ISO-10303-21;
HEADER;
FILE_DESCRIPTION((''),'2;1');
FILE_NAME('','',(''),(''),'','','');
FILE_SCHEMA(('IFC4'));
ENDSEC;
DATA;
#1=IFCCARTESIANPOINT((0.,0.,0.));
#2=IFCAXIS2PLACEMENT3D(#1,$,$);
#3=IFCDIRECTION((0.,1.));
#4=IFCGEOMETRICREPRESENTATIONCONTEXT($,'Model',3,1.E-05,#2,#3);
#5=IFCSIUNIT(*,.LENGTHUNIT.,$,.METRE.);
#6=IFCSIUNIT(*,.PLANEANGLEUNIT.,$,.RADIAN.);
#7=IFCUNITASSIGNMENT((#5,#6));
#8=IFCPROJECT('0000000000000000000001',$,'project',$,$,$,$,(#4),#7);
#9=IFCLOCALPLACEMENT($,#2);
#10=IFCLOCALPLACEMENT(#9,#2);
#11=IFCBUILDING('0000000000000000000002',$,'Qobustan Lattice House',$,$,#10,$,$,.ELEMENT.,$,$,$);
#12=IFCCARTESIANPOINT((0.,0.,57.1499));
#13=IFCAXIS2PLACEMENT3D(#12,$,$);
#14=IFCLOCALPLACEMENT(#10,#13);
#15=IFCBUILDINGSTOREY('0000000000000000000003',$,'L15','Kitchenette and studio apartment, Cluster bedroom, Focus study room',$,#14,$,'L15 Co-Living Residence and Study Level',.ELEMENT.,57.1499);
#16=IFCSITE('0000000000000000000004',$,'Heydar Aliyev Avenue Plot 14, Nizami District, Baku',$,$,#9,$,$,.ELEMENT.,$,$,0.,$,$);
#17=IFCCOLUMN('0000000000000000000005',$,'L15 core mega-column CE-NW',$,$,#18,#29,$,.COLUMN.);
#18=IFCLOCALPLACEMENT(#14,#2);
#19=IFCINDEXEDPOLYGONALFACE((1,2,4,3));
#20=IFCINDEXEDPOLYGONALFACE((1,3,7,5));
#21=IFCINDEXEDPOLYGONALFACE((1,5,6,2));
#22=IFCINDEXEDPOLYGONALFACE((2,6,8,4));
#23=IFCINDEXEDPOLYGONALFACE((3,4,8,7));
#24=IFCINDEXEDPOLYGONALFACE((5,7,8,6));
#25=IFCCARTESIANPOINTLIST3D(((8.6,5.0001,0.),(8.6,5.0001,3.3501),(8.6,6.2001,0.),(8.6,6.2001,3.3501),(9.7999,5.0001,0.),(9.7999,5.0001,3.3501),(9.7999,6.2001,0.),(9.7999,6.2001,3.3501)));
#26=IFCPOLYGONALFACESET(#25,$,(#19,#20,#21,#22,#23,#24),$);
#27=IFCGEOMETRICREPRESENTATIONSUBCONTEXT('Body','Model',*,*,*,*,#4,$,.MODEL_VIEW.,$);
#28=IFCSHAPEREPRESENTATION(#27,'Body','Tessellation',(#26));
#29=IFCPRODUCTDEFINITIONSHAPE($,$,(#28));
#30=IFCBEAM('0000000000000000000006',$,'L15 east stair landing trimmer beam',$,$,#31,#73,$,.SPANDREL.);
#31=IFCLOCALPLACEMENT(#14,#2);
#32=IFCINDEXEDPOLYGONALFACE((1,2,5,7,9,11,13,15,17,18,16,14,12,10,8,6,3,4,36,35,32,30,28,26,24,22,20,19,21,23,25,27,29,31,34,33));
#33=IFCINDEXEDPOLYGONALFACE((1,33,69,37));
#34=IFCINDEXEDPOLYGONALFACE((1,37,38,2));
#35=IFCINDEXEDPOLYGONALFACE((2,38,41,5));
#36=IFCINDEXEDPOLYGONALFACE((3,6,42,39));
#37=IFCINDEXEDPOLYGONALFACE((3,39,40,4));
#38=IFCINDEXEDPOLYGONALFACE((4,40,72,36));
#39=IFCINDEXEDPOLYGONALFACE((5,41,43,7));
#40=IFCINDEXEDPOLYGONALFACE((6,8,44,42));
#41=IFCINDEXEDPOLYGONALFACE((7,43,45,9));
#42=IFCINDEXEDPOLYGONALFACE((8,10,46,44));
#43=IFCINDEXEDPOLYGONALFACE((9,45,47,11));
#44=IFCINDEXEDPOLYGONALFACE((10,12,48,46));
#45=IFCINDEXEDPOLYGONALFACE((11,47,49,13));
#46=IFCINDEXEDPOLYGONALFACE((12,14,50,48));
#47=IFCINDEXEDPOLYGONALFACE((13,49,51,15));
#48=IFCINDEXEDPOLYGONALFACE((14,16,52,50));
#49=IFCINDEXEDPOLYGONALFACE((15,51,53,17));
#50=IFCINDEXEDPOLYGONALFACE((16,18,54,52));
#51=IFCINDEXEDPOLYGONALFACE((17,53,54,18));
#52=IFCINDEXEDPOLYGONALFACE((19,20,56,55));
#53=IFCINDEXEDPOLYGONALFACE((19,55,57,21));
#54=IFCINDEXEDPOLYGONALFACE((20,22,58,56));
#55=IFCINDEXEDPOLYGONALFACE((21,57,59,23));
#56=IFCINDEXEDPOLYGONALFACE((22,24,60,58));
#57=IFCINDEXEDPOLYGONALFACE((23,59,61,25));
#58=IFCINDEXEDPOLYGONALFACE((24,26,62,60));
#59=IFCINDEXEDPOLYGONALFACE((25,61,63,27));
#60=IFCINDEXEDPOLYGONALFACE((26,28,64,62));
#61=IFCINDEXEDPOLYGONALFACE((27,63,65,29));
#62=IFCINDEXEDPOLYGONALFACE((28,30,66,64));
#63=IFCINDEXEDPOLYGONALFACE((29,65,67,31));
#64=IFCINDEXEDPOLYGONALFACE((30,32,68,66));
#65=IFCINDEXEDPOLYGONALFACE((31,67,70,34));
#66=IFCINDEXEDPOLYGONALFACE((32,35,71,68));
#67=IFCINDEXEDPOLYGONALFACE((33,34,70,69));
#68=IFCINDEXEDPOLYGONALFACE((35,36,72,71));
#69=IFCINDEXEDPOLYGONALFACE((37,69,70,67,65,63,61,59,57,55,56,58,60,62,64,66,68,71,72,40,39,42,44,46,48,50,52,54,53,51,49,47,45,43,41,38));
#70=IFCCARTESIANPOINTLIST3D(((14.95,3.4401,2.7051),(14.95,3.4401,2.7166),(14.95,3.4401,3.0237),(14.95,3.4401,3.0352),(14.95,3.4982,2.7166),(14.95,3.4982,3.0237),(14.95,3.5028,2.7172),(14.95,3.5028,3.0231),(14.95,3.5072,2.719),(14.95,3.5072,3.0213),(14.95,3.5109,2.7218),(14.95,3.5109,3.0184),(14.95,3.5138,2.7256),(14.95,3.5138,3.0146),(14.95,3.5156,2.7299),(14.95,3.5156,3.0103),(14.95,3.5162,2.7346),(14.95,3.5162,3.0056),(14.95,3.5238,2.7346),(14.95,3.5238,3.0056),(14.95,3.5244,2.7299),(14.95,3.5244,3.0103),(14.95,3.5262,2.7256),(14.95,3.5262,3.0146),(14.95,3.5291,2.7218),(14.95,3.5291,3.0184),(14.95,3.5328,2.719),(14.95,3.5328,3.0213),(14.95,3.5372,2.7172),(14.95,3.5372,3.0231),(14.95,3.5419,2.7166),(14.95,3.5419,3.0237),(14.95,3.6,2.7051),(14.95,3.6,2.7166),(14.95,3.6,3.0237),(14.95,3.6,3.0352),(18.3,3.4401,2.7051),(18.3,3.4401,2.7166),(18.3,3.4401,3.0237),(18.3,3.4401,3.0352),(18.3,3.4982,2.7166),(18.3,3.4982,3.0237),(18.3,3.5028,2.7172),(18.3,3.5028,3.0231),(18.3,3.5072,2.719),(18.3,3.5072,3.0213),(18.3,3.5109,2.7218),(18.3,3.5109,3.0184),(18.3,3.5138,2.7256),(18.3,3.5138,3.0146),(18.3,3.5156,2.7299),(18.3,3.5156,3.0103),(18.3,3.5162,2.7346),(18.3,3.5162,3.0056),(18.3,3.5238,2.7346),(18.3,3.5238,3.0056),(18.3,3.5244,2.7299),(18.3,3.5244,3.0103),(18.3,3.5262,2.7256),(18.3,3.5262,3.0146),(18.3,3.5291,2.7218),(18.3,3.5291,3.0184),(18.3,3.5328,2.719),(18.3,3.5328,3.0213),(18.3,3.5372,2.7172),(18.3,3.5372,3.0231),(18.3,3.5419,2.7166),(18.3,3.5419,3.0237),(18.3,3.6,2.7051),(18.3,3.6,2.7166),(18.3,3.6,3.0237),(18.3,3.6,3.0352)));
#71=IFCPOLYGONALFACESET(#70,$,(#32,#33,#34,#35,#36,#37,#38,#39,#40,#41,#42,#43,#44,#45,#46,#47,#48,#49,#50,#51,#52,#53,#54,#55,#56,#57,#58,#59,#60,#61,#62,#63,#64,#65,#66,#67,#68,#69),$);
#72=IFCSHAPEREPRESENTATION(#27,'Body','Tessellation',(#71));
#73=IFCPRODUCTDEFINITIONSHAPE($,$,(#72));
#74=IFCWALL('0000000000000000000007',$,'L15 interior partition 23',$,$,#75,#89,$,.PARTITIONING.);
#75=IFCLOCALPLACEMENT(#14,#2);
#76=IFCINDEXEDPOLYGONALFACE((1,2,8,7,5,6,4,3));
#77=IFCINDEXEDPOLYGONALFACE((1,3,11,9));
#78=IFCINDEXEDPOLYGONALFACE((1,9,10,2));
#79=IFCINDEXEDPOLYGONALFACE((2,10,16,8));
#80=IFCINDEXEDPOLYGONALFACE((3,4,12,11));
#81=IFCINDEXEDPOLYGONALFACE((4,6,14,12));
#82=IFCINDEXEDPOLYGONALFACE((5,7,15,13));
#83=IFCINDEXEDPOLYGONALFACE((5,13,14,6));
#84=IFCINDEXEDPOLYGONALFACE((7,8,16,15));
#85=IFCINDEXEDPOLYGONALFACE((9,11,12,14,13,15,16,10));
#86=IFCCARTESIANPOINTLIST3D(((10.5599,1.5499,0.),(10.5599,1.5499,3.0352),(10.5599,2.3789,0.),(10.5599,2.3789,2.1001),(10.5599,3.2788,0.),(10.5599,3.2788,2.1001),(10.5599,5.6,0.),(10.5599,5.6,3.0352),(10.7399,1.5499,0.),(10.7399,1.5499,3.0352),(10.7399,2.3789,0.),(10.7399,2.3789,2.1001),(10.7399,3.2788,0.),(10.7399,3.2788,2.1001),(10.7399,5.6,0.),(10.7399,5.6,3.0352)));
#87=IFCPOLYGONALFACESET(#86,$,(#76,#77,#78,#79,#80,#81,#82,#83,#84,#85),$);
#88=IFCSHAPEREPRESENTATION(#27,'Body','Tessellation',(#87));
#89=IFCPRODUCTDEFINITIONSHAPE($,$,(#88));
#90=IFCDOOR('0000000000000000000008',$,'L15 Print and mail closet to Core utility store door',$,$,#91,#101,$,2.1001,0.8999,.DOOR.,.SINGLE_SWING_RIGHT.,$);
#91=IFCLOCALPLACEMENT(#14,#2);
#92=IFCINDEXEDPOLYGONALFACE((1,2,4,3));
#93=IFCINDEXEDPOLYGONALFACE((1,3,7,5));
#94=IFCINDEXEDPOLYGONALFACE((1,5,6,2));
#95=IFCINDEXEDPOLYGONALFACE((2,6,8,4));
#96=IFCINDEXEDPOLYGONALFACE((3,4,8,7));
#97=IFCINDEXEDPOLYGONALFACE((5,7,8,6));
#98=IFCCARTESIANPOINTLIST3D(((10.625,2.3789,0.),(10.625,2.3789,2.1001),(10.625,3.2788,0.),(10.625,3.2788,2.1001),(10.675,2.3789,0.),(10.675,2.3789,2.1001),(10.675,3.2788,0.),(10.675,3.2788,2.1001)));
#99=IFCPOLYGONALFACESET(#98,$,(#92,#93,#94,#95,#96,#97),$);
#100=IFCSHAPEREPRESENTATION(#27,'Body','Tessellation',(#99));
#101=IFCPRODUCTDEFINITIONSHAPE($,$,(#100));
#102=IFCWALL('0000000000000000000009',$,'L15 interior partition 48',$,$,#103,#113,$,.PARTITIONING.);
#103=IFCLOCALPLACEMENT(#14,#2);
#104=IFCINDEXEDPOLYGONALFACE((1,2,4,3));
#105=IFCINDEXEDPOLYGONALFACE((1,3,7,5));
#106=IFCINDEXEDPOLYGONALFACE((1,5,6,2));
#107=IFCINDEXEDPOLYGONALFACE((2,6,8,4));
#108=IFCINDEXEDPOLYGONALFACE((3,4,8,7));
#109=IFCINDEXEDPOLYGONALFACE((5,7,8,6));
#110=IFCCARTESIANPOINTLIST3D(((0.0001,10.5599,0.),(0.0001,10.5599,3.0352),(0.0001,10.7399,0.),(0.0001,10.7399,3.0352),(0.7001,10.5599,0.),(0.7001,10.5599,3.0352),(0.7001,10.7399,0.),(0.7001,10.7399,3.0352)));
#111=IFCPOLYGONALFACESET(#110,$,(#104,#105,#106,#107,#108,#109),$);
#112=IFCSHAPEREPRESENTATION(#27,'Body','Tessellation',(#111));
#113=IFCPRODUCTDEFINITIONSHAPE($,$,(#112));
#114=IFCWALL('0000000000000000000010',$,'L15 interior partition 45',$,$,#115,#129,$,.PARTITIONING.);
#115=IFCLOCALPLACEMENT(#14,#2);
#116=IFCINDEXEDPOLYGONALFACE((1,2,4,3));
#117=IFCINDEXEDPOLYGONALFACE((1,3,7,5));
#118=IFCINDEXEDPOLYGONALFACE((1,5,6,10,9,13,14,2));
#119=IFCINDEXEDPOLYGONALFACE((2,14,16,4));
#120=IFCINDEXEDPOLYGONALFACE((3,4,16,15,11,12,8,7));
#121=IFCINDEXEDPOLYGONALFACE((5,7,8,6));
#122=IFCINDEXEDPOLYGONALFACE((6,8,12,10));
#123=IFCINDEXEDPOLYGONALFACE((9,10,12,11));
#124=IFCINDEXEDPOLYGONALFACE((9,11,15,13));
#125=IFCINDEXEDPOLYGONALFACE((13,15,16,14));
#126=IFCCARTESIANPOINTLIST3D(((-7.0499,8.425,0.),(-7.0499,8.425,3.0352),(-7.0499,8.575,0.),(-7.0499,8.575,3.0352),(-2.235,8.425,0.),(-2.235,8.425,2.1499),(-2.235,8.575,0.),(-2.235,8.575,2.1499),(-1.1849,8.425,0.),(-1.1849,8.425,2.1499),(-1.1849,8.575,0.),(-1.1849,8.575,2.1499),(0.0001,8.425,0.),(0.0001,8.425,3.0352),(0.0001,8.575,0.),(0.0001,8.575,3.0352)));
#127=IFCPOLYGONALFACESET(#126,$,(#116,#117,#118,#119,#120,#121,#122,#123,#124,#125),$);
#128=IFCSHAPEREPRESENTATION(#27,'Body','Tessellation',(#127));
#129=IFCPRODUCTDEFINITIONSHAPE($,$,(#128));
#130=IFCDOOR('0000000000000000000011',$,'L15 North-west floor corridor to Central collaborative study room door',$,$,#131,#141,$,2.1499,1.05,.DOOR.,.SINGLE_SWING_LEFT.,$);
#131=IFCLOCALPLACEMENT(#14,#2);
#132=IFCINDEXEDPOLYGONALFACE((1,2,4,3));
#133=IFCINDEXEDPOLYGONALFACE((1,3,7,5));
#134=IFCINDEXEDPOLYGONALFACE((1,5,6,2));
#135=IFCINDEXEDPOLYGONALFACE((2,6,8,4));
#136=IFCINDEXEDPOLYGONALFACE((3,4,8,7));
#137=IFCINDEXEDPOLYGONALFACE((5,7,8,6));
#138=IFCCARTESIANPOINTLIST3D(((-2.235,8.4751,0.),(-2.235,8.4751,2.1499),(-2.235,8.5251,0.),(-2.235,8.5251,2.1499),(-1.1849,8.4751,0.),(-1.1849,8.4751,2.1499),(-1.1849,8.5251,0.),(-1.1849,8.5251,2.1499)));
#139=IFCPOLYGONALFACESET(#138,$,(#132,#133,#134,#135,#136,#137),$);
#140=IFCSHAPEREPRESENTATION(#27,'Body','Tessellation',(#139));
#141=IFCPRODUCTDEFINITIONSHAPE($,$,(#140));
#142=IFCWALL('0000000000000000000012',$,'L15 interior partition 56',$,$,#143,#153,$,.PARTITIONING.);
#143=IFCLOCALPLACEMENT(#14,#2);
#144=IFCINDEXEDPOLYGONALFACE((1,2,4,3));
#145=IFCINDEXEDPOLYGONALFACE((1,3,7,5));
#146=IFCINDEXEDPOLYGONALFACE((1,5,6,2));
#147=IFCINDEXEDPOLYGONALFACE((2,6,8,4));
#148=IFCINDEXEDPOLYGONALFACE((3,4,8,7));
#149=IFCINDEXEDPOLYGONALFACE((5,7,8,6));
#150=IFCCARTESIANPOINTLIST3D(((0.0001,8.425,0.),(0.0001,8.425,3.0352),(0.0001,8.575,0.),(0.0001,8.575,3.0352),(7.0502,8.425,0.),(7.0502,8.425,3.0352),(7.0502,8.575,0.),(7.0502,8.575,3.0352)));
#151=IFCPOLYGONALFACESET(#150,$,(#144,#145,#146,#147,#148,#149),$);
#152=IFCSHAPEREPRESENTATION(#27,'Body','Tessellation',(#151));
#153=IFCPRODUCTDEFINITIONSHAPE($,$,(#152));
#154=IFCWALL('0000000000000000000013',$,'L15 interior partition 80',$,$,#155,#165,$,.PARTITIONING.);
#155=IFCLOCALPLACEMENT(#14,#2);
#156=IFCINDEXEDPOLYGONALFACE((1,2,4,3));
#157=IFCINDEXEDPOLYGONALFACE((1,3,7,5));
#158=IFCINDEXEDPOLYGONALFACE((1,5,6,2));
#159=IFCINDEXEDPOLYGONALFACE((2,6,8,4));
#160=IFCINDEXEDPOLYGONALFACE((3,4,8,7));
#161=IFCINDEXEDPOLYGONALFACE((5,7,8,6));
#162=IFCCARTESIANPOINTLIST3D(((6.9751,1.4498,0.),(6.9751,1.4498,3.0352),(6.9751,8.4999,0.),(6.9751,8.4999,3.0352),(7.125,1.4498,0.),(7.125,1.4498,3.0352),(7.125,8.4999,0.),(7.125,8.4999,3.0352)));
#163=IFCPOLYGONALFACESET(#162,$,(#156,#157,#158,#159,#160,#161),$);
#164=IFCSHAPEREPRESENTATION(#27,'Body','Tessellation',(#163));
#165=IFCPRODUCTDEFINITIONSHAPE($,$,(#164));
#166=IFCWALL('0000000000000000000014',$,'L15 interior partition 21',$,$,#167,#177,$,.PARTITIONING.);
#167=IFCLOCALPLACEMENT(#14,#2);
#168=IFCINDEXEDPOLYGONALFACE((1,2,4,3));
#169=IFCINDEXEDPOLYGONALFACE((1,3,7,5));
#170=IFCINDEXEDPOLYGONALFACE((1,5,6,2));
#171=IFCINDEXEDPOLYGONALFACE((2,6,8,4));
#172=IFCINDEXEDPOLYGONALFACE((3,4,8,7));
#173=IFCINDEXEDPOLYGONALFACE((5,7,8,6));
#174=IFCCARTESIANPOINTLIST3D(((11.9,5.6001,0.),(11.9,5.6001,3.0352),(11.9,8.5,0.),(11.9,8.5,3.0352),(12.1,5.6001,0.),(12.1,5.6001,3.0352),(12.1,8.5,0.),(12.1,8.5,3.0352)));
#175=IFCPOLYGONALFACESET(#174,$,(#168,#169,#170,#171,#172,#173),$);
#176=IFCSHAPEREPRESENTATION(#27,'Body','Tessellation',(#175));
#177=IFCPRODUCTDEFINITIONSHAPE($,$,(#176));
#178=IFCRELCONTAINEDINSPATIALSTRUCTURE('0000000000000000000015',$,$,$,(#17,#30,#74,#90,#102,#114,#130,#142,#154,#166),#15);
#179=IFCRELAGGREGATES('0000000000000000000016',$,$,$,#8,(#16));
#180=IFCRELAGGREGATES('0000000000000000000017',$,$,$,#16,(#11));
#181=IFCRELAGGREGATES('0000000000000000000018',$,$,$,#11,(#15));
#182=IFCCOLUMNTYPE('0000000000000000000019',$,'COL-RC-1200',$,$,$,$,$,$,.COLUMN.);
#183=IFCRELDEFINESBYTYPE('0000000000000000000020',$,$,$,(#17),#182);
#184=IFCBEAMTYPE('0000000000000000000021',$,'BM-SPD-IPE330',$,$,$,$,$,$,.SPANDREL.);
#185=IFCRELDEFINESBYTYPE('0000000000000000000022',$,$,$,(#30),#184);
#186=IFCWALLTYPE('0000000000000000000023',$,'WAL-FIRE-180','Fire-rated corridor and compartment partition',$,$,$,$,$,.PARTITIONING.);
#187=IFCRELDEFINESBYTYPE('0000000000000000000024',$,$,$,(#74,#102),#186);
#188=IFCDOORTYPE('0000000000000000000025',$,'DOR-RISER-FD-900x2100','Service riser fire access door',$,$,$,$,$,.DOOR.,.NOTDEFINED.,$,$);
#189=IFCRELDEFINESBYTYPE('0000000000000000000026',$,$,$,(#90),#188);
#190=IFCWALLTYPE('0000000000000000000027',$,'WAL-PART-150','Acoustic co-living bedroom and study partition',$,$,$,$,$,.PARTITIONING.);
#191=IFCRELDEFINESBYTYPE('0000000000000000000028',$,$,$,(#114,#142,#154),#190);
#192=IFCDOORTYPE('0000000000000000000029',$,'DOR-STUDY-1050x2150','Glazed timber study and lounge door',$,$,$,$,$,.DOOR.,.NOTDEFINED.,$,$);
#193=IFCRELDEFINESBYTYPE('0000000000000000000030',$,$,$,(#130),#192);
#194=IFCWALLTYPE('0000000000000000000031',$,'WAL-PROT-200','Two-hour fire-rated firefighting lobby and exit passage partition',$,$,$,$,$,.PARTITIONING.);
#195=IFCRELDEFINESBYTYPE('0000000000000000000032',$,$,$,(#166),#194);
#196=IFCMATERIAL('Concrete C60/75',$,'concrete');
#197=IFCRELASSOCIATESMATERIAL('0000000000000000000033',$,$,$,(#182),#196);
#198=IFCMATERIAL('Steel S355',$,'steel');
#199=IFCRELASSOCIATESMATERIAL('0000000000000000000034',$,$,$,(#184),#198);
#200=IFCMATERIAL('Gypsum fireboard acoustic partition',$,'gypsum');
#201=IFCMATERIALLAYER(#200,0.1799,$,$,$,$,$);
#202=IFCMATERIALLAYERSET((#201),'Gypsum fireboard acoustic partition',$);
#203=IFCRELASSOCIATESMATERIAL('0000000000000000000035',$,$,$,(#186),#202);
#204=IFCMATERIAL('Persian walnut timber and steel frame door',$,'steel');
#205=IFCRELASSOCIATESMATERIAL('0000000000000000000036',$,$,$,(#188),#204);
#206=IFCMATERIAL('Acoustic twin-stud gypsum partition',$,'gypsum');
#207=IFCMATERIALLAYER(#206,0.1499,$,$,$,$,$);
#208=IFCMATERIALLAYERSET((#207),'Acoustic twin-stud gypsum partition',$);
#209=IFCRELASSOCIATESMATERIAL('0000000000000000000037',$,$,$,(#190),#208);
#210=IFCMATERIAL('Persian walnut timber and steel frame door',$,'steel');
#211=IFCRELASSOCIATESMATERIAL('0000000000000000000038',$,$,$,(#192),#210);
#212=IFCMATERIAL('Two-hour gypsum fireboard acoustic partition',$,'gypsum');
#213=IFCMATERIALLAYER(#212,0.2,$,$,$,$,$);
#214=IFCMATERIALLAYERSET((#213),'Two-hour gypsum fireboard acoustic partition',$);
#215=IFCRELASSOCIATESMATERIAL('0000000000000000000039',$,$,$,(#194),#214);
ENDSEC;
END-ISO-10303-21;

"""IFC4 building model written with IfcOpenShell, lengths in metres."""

from ifc_helpers import new_model, si_unit, direction, frame, frame_2d, origin, origin_2d, place, context, subcontext, project, spatial, rectangle, i_section, extrude, material, layer, layer_set, material_profile, profile_set, type_object, element, fill, save


model = new_model("IFC4")

# Units and contexts
model_context = context("Model", 3, precision=1e-05, world=origin(), true_north=direction((0.0, 1.0)))
body_context = subcontext(model_context, "Body", "Model", "MODEL_VIEW")
ifc_project = project(units=[si_unit("LENGTHUNIT", "METRE"), si_unit("PLANEANGLEUNIT", "RADIAN")], contexts=[model_context])

# Site, building, storey
site_placement = place(None, origin())
site = spatial("IfcSite", under=ifc_project, at=site_placement, Name="Heydar Aliyev Avenue Plot 14, Nizami District, Baku", CompositionType="ELEMENT", RefElevation=0.0)
building_placement = place(site_placement, origin())
building = spatial("IfcBuilding", under=site, at=building_placement, Name="Qobustan Lattice House", CompositionType="ELEMENT")
storey_placement = place(building_placement, frame((0.0, 0.0, 57.1499)))
storey = spatial("IfcBuildingStorey", under=building, at=storey_placement, Name="L15", Description="Kitchenette and studio apartment, Cluster bedroom, Focus study room", LongName="L15 Co-Living Residence and Study Level", CompositionType="ELEMENT", Elevation=57.1499)

# Column
ifc_material_1 = material(Name="Concrete C60/75", Category="concrete")
ifc_material_profile_1 = material_profile(ifc_material_1, rectangle(XDim=1.2, YDim=1.2, at=origin_2d()), Name="RC1200x1200")
ifc_profile_set_1 = profile_set([ifc_material_profile_1], Name="Concrete C60/75")
column_type = type_object("IfcColumnType", Name="COL-RC-1200", PredefinedType="COLUMN", material=ifc_profile_set_1)
column_placement = place(storey_placement, frame((9.2, 5.6001, 0.0), z_axis=(0.0, 0.0, 1.0), x_axis=(1.0, 0.0, 0.0)))
element("IfcColumn", 1, at=column_placement, inside=storey, type_object=column_type, Name="L15 core mega-column CE-NW", PredefinedType="COLUMN", context=body_context, shape_type="SweptSolid", body=[
    extrude(rectangle(XDim=1.2, YDim=1.2, at=origin_2d()), origin(), (0.0, 0.0, 1.0), 3.3501),
])

# Beam
ifc_material_2 = material(Name="Steel S355", Category="steel")
ifc_material_profile_2 = material_profile(ifc_material_2, i_section(OverallWidth=0.1599, OverallDepth=0.3301, WebThickness=0.0076, FlangeThickness=0.0115, FilletRadius=0.0181, at=origin_2d()), Name="IPE330")
ifc_profile_set_2 = profile_set([ifc_material_profile_2], Name="Steel S355")
beam_type = type_object("IfcBeamType", Name="BM-SPD-IPE330", PredefinedType="SPANDREL", material=ifc_profile_set_2)
beam_placement = place(storey_placement, frame((14.95, 3.52, 2.8701), z_axis=(1.0, 0.0, 0.0), x_axis=(0.0, 1.0, 0.0)))
element("IfcBeam", 2, at=beam_placement, inside=storey, type_object=beam_type, Name="L15 east stair landing trimmer beam", PredefinedType="SPANDREL", context=body_context, shape_type="SweptSolid", body=[
    extrude(i_section(OverallWidth=0.1599, OverallDepth=0.3301, WebThickness=0.0076, FlangeThickness=0.0115, FilletRadius=0.0181, at=origin_2d()), origin(), (0.0, 0.0, 1.0), 3.3501),
])

# Wall, opening, door
ifc_material_3 = material(Name="Gypsum fireboard acoustic partition", Category="gypsum")
ifc_layer_1 = layer(ifc_material_3, 0.1799)
ifc_layer_set_1 = layer_set([ifc_layer_1], Name="Gypsum fireboard acoustic partition")
wall_type_1 = type_object("IfcWallType", Name="WAL-FIRE-180", Description="Fire-rated corridor and compartment partition", PredefinedType="PARTITIONING", material=ifc_layer_set_1)
wall_1_placement = place(storey_placement, frame((10.6499, 1.55, 0.0), z_axis=(0.0, 0.0, 1.0), x_axis=(0.0, 1.0, 0.0)))
wall_1 = element("IfcWall", 3, at=wall_1_placement, inside=storey, type_object=wall_type_1, Name="L15 interior partition 23", PredefinedType="PARTITIONING", context=body_context, shape_type="SweptSolid", body=[
    extrude(rectangle(XDim=4.05, YDim=0.1799, at=frame_2d((2.0249, 0.0))), origin(), (0.0, 0.0, 1.0), 3.0352),
])
opening_1_placement = place(wall_1_placement, frame((0.8289, 0.0, 0.0)))
opening_1 = element("IfcOpeningElement", 4, at=opening_1_placement, cuts=wall_1, PredefinedType="OPENING", context=body_context, shape_type="SweptSolid", body=[
    extrude(rectangle(XDim=0.8999, YDim=2.1001, at=frame_2d((0.45, 1.05))), frame((0.0, 0.0999, 0.0), z_axis=(0.0, -1.0, 0.0), x_axis=(1.0, 0.0, 0.0)), (0.0, 0.0, 1.0), 0.2),
])
ifc_material_4 = material(Name="Persian walnut timber and steel frame door", Category="steel")
door_type_1 = type_object("IfcDoorType", Name="DOR-RISER-FD-900x2100", Description="Service riser fire access door", OperationType="NOTDEFINED", PredefinedType="DOOR", material=ifc_material_4)
door_1_placement = place(opening_1_placement, origin())
door_1 = element("IfcDoor", 5, at=door_1_placement, inside=storey, type_object=door_type_1, Name="L15 Print and mail closet to Core utility store door", OperationType="SINGLE_SWING_RIGHT", OverallHeight=2.1001, OverallWidth=0.8999, PredefinedType="DOOR", context=body_context, shape_type="SweptSolid", body=[
    extrude(rectangle(XDim=0.8999, YDim=2.1001, at=frame_2d((0.45, 1.05))), frame((0.0, 0.0249, 0.0), z_axis=(0.0, -1.0, 0.0), x_axis=(1.0, 0.0, 0.0)), (0.0, 0.0, 1.0), 0.05),
])
fill(opening_1, door_1)

# Wall
wall_2_placement = place(storey_placement, frame((0.0, 10.6499, 0.0), z_axis=(0.0, 0.0, 1.0), x_axis=(1.0, 0.0, 0.0)))
element("IfcWall", 6, at=wall_2_placement, inside=storey, type_object=wall_type_1, Name="L15 interior partition 48", PredefinedType="PARTITIONING", context=body_context, shape_type="SweptSolid", body=[
    extrude(rectangle(XDim=0.7, YDim=0.1799, at=frame_2d((0.3501, 0.0))), origin(), (0.0, 0.0, 1.0), 3.0352),
])

# Wall, opening, door
ifc_material_5 = material(Name="Acoustic twin-stud gypsum partition", Category="gypsum")
ifc_layer_2 = layer(ifc_material_5, 0.1499)
ifc_layer_set_2 = layer_set([ifc_layer_2], Name="Acoustic twin-stud gypsum partition")
wall_type_2 = type_object("IfcWallType", Name="WAL-PART-150", Description="Acoustic co-living bedroom and study partition", PredefinedType="PARTITIONING", material=ifc_layer_set_2)
wall_3_placement = place(storey_placement, frame((0.0, 8.5, 0.0), z_axis=(0.0, 0.0, 1.0), x_axis=(-1.0, 0.0, 0.0)))
wall_3 = element("IfcWall", 7, at=wall_3_placement, inside=storey, type_object=wall_type_2, Name="L15 interior partition 45", PredefinedType="PARTITIONING", context=body_context, shape_type="SweptSolid", body=[
    extrude(rectangle(XDim=7.05, YDim=0.1499, at=frame_2d((3.5249, 0.0))), origin(), (0.0, 0.0, 1.0), 3.0352),
])
opening_2_placement = place(wall_3_placement, frame((1.1851, 0.0, 0.0)))
opening_2 = element("IfcOpeningElement", 8, at=opening_2_placement, cuts=wall_3, PredefinedType="OPENING", context=body_context, shape_type="SweptSolid", body=[
    extrude(rectangle(XDim=1.05, YDim=2.1499, at=frame_2d((0.5249, 1.075))), frame((0.0, 0.085, 0.0), z_axis=(0.0, -1.0, 0.0), x_axis=(1.0, 0.0, 0.0)), (0.0, 0.0, 1.0), 0.1699),
])
ifc_material_6 = material(Name="Persian walnut timber and steel frame door", Category="steel")
door_type_2 = type_object("IfcDoorType", Name="DOR-STUDY-1050x2150", Description="Glazed timber study and lounge door", OperationType="NOTDEFINED", PredefinedType="DOOR", material=ifc_material_6)
door_2_placement = place(opening_2_placement, origin())
door_2 = element("IfcDoor", 9, at=door_2_placement, inside=storey, type_object=door_type_2, Name="L15 North-west floor corridor to Central collaborative study room door", OperationType="SINGLE_SWING_LEFT", OverallHeight=2.1499, OverallWidth=1.05, PredefinedType="DOOR", context=body_context, shape_type="SweptSolid", body=[
    extrude(rectangle(XDim=1.05, YDim=2.1499, at=frame_2d((0.5249, 1.075))), frame((0.0, 0.0249, 0.0), z_axis=(0.0, -1.0, 0.0), x_axis=(1.0, 0.0, 0.0)), (0.0, 0.0, 1.0), 0.05),
])
fill(opening_2, door_2)

# Walls
for number, where, z_axis, x_axis, name in (
    (10, (7.05, 8.5, 0.0), (0.0, 0.0, 1.0), (-1.0, 0.0, 0.0), "L15 interior partition 56"),
    (11, (7.05, 1.45, 0.0), (0.0, 0.0, 1.0), (0.0, 1.0, 0.0), "L15 interior partition 80"),
):
    element("IfcWall", number, at=place(storey_placement, frame(where, z_axis=z_axis, x_axis=x_axis)), inside=storey, type_object=wall_type_2, Name=name, PredefinedType="PARTITIONING", context=body_context, shape_type="SweptSolid", body=[
        extrude(rectangle(XDim=7.05, YDim=0.1499, at=frame_2d((3.5249, 0.0))), origin(), (0.0, 0.0, 1.0), 3.0352),
    ])
ifc_material_7 = material(Name="Two-hour gypsum fireboard acoustic partition", Category="gypsum")
ifc_layer_3 = layer(ifc_material_7, 0.2)
ifc_layer_set_3 = layer_set([ifc_layer_3], Name="Two-hour gypsum fireboard acoustic partition")
wall_type_3 = type_object("IfcWallType", Name="WAL-PROT-200", Description="Two-hour fire-rated firefighting lobby and exit passage partition", PredefinedType="PARTITIONING", material=ifc_layer_set_3)
wall_4_placement = place(storey_placement, frame((12.0, 8.5, 0.0), z_axis=(0.0, 0.0, 1.0), x_axis=(0.0, -1.0, 0.0)))
element("IfcWall", 12, at=wall_4_placement, inside=storey, type_object=wall_type_3, Name="L15 interior partition 21", PredefinedType="PARTITIONING", context=body_context, shape_type="SweptSolid", body=[
    extrude(rectangle(XDim=2.8999, YDim=0.2, at=frame_2d((1.45, 0.0))), origin(), (0.0, 0.0, 1.0), 3.0352),
])

save(model, "model.ifc")
